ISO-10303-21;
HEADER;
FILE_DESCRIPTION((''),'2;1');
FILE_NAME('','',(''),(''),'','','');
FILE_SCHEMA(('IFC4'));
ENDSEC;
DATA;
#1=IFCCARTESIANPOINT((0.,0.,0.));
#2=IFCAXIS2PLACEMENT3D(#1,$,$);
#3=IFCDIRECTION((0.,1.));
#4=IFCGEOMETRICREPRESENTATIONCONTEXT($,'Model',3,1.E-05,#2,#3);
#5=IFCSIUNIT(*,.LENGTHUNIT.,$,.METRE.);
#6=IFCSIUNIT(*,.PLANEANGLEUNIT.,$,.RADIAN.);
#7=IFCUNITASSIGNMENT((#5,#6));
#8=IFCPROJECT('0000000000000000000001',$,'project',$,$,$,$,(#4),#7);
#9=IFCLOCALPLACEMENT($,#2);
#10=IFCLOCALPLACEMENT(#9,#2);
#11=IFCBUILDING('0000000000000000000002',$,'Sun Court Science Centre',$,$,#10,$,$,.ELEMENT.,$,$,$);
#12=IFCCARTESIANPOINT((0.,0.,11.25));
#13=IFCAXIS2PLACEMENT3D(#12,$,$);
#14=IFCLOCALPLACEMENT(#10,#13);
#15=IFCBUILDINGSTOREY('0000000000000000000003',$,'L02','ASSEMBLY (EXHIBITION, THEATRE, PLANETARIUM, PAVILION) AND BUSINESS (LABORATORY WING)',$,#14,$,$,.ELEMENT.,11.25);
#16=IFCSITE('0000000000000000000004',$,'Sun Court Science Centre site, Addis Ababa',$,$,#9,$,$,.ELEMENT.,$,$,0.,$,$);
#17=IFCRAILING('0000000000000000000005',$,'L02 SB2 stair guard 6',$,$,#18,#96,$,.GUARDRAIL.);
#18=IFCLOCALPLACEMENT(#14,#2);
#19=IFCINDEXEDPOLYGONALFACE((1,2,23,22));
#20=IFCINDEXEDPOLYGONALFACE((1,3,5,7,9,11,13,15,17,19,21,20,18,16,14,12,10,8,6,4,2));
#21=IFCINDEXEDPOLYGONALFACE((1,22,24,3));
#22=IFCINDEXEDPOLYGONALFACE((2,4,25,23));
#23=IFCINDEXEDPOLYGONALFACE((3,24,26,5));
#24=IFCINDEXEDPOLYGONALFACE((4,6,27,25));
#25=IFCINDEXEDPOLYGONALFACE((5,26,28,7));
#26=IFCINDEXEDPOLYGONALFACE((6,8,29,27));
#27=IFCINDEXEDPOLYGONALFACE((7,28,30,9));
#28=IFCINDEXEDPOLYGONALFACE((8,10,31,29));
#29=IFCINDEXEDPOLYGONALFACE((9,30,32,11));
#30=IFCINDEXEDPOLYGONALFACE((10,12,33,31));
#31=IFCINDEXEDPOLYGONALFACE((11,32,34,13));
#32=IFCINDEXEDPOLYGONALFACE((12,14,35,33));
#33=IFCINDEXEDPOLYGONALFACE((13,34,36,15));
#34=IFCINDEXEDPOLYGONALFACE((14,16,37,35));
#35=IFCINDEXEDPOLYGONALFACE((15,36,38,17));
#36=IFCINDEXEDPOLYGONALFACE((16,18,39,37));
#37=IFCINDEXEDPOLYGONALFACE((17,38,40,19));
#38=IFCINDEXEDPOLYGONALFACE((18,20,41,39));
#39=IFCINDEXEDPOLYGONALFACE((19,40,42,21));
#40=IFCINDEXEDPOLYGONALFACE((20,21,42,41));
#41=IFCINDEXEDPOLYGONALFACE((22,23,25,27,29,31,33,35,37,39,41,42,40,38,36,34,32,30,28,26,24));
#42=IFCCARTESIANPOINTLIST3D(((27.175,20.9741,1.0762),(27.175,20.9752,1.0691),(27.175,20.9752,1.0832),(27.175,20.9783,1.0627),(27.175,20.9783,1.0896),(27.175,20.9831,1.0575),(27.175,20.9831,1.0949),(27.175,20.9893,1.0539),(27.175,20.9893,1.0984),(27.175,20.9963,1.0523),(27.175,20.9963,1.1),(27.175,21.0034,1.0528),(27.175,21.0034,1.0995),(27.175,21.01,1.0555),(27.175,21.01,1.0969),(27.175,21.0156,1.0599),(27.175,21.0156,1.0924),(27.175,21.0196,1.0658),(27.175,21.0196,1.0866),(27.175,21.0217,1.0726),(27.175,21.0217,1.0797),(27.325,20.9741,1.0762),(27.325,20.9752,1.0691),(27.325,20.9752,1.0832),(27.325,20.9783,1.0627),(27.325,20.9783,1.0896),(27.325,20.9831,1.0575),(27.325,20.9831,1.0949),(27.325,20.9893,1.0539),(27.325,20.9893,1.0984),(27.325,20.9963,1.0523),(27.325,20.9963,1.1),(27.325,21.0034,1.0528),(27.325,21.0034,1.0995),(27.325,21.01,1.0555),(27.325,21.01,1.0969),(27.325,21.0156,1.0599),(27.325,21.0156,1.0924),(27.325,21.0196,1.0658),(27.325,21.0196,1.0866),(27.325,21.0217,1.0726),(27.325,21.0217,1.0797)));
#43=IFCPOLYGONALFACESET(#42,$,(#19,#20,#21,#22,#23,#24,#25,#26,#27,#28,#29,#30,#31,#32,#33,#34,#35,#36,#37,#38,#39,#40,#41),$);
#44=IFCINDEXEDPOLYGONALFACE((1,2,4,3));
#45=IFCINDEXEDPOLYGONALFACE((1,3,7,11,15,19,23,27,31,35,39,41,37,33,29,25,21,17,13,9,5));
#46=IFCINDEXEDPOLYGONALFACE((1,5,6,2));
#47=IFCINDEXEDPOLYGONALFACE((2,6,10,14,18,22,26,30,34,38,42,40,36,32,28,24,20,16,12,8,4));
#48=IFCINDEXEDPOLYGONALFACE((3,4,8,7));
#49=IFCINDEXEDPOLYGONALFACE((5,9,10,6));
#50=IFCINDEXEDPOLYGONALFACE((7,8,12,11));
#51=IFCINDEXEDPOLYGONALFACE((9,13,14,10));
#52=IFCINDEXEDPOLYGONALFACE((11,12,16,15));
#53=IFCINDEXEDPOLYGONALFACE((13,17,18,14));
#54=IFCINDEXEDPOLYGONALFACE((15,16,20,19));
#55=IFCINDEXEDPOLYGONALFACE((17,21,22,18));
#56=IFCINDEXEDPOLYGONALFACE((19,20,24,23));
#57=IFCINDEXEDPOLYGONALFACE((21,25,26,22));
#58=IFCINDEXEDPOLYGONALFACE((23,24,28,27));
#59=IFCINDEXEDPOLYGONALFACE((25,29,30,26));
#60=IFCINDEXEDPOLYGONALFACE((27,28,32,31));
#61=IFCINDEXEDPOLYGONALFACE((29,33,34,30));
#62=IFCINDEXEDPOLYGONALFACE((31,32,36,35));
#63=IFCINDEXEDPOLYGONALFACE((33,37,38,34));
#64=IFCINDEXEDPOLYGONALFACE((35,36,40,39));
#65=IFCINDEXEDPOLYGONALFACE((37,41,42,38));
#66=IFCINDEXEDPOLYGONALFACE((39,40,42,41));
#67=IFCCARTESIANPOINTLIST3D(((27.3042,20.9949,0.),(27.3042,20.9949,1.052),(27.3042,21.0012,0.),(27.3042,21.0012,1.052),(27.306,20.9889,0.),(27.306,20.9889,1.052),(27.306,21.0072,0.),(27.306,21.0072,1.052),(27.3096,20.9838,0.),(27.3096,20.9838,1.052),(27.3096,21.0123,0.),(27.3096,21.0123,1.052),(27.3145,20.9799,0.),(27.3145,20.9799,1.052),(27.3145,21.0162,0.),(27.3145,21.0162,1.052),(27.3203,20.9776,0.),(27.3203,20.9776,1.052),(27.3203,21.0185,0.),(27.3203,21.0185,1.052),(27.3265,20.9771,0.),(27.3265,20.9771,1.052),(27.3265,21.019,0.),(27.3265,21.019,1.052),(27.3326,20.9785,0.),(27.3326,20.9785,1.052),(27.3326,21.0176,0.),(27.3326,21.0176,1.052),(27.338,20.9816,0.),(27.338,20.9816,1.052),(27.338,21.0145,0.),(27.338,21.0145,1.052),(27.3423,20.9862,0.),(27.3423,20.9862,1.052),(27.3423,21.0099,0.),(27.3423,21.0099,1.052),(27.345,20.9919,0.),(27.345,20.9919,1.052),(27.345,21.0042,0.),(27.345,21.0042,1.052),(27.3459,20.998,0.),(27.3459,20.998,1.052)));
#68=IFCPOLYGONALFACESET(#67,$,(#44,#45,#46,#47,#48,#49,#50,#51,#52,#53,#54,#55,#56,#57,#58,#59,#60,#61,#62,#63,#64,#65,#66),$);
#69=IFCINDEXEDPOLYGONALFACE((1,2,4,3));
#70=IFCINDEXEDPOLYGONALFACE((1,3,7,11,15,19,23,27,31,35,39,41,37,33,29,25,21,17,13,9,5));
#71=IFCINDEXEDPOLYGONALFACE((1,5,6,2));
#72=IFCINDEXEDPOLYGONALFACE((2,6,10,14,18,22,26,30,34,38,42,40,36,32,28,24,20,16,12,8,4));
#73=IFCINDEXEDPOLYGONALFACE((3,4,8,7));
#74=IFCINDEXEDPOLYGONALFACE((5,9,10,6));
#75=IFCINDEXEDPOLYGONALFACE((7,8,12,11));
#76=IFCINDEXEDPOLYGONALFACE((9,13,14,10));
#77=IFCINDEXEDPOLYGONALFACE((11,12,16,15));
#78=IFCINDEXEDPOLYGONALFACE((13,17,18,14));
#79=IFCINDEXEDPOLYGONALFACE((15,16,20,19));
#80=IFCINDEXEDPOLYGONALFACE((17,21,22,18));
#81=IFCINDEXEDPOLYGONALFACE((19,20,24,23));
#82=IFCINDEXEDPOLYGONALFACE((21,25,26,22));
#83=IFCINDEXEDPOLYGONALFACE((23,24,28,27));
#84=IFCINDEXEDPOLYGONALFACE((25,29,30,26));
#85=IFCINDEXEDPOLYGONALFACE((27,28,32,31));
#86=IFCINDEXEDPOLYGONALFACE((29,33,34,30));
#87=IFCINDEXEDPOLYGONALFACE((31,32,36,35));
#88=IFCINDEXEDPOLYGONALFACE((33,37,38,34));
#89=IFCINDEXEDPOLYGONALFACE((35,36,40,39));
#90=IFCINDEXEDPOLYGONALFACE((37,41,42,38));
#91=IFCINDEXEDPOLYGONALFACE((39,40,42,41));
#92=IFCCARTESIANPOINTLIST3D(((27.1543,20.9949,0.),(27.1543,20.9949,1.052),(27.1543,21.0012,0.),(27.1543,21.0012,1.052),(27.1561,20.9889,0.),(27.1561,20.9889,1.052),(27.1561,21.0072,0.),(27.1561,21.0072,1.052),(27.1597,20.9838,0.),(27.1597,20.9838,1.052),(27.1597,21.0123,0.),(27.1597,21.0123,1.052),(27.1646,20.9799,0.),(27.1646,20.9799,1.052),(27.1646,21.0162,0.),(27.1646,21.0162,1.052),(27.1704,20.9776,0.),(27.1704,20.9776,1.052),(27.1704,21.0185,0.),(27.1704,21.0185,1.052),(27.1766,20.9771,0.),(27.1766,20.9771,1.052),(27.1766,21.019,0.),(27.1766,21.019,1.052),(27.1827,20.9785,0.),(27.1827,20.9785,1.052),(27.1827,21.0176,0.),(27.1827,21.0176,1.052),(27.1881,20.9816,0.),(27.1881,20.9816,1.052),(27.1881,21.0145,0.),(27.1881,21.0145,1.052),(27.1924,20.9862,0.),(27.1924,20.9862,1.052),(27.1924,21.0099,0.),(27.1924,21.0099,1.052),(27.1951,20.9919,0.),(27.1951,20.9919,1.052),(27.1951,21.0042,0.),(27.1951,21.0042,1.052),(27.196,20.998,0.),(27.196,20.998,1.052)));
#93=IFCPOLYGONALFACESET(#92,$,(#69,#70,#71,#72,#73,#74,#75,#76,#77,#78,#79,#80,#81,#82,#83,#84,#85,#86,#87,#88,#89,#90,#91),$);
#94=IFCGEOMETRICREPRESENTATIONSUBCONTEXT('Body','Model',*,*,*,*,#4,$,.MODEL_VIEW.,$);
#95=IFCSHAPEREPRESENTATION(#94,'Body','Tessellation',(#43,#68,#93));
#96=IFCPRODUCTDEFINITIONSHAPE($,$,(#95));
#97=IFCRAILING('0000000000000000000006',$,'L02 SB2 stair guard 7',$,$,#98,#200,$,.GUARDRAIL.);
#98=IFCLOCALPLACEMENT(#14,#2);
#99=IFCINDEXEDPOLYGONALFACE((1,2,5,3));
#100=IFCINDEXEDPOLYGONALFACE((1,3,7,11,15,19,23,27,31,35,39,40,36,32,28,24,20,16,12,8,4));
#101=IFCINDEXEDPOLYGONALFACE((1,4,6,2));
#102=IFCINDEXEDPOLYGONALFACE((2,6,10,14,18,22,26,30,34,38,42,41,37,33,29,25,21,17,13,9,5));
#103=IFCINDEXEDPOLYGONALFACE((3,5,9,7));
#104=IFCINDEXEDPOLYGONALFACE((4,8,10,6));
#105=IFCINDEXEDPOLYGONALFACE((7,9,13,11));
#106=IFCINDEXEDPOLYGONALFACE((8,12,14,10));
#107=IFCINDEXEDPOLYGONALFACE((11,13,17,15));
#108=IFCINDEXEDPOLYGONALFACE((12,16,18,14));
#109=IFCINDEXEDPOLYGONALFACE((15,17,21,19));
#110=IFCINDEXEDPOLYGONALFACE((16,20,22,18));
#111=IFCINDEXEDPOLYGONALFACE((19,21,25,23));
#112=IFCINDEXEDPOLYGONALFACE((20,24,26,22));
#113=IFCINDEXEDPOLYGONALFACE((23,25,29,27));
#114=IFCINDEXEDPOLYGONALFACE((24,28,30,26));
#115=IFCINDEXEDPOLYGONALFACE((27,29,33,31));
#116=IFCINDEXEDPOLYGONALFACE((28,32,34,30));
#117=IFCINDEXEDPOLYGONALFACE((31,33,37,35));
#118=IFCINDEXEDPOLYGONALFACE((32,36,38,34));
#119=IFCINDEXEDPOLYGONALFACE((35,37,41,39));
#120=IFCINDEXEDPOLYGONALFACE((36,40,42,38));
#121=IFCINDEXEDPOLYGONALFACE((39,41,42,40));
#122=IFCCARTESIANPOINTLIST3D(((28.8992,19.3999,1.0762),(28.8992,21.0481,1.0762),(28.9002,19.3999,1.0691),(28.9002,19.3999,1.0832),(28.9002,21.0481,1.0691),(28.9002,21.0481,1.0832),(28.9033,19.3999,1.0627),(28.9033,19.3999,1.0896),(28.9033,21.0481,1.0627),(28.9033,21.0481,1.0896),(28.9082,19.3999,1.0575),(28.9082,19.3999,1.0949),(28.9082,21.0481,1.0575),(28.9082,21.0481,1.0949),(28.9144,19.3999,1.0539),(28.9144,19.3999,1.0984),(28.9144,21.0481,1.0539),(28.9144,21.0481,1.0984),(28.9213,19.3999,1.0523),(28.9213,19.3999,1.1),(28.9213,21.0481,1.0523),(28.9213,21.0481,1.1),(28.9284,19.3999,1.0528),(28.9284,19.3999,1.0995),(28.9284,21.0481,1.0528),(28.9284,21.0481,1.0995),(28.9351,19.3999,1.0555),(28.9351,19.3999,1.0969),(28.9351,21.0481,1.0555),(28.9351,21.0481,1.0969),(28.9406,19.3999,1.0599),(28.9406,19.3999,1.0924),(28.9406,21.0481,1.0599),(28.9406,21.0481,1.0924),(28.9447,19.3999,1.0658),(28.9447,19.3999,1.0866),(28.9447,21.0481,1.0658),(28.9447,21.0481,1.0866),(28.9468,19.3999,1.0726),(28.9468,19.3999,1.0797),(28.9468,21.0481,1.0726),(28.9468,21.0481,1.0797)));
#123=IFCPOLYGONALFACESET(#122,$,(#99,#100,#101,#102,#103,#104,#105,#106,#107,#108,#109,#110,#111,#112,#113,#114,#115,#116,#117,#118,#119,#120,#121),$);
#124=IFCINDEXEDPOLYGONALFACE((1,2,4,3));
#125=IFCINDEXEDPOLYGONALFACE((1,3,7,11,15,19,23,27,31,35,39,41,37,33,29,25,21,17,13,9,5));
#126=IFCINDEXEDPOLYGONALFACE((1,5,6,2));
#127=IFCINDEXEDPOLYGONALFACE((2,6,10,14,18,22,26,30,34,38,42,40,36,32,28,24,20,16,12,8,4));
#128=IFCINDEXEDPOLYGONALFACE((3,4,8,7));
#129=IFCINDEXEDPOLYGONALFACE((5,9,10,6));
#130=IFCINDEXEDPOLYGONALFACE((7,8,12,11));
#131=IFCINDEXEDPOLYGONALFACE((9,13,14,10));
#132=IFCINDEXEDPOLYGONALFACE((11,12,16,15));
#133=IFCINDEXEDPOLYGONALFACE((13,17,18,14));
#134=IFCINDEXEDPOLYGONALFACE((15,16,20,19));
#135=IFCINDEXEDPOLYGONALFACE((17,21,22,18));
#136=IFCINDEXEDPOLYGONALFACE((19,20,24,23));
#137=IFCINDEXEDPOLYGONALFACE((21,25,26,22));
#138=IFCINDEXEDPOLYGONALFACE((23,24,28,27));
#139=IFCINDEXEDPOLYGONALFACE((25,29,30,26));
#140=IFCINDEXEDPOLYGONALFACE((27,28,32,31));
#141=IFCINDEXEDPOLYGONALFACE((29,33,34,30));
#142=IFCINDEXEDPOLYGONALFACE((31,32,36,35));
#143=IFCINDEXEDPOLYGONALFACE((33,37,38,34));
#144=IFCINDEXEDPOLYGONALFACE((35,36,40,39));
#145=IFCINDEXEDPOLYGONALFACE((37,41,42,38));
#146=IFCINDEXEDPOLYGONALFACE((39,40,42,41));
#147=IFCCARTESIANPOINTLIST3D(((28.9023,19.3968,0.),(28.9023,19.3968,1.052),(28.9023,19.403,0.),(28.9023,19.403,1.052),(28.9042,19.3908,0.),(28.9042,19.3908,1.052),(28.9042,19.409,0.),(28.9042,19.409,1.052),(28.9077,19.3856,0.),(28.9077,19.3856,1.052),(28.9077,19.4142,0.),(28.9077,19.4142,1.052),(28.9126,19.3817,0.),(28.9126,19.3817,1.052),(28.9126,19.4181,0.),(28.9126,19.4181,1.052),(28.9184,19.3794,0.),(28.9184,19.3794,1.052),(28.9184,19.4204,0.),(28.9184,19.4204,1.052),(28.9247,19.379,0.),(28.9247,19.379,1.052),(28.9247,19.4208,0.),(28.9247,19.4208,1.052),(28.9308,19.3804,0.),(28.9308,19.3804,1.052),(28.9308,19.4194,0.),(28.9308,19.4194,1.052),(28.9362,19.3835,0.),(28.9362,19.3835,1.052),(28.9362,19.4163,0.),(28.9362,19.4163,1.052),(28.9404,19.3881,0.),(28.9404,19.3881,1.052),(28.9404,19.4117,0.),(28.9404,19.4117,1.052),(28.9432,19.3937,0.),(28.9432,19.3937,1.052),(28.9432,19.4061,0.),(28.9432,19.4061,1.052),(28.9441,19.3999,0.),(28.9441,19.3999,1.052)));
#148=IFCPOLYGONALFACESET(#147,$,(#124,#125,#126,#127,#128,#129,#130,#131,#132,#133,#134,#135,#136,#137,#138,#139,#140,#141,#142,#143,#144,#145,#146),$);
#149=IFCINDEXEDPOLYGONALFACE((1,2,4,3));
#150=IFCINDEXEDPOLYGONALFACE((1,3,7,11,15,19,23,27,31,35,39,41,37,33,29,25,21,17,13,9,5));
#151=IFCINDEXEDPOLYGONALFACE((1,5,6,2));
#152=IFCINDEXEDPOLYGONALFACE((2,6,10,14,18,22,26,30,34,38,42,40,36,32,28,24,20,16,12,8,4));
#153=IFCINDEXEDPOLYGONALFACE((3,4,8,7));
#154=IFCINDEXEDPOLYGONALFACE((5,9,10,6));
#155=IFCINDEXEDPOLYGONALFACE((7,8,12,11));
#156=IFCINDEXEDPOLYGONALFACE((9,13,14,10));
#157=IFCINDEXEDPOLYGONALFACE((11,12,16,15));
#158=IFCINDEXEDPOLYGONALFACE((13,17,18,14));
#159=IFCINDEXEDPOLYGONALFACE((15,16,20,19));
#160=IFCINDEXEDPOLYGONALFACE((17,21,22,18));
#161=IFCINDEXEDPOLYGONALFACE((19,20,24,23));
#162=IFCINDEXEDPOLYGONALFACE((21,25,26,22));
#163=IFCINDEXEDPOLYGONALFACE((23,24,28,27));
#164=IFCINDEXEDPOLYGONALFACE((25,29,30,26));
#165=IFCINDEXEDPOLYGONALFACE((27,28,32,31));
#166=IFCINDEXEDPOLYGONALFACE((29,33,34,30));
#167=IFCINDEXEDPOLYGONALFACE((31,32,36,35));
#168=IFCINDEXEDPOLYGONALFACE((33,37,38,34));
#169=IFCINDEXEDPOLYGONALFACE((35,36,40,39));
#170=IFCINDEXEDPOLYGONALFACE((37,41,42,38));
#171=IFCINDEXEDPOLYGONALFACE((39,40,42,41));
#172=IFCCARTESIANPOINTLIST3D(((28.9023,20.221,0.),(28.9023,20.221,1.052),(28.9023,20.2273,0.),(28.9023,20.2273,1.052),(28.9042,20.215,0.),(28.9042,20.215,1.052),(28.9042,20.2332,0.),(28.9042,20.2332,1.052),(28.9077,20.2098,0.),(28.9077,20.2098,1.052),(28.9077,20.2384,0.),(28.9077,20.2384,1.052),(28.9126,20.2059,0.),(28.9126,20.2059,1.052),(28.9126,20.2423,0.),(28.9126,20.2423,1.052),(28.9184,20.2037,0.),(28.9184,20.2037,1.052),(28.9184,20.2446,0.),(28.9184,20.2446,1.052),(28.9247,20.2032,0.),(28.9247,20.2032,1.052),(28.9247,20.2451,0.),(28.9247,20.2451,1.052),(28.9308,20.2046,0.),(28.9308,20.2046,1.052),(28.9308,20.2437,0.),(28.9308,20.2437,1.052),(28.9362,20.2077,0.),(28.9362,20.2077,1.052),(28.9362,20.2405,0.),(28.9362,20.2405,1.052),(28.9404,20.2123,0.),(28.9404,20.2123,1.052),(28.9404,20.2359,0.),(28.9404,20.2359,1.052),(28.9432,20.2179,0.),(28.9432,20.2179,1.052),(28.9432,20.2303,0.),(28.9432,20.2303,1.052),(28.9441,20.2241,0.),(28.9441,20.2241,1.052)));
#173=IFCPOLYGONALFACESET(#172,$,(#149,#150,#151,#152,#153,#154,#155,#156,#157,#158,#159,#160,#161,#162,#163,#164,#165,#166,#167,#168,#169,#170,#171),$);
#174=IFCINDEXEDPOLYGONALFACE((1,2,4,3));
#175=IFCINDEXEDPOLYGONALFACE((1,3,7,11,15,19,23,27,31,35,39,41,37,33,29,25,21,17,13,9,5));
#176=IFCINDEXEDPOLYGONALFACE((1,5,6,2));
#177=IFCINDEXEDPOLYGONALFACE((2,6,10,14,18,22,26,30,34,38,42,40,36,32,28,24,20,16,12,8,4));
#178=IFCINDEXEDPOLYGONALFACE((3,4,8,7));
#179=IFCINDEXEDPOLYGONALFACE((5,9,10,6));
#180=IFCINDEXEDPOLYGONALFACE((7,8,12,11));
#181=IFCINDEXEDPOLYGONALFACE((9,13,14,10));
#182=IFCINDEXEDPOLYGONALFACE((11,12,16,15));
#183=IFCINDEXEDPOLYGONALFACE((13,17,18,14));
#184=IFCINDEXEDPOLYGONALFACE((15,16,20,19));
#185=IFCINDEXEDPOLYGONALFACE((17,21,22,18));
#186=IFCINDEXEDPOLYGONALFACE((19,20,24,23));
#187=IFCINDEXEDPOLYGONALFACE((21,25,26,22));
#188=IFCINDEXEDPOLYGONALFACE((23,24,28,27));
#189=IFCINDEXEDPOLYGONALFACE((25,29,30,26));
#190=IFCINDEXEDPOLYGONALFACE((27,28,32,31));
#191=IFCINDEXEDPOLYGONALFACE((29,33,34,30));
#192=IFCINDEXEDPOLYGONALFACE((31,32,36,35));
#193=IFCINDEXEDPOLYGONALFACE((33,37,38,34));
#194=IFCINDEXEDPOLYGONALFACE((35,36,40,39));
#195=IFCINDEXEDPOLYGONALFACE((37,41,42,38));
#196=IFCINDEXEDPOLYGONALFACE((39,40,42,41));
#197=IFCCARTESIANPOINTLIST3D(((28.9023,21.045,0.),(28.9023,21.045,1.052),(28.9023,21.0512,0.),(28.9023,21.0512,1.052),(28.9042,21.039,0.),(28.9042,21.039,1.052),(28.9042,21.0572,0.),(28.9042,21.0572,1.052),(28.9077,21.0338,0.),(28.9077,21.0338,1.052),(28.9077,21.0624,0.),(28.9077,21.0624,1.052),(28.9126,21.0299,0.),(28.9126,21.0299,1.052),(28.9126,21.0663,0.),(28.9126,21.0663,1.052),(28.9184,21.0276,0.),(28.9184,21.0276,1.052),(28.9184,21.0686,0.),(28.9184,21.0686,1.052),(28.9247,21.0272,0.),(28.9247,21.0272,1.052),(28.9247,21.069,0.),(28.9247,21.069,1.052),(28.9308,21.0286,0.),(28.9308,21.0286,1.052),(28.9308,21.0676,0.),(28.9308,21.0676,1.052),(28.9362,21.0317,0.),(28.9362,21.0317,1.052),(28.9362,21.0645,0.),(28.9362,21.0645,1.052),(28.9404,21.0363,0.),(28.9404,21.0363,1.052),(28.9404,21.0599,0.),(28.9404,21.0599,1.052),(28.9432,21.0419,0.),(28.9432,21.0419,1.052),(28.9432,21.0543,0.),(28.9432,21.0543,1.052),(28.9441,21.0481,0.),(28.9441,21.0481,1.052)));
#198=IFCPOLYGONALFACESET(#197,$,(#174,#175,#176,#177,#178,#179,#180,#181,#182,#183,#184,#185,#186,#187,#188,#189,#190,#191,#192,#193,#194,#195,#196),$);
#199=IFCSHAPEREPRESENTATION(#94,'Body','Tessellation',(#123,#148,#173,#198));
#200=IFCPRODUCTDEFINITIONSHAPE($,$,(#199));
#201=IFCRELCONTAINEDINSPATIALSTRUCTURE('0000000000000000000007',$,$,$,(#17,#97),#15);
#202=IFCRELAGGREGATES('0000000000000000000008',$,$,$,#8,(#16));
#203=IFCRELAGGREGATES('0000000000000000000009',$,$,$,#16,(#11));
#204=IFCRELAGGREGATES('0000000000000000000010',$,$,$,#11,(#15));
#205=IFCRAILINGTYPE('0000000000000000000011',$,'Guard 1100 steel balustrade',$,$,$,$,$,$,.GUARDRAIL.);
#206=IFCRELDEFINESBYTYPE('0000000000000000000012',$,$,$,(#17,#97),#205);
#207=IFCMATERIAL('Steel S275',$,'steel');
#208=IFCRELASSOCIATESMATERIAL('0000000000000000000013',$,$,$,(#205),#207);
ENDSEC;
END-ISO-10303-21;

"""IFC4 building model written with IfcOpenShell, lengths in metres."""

from ifc_helpers import new_model, si_unit, direction, frame, origin, origin_2d, place, context, subcontext, project, spatial, circle, extrude, material, type_object, element, save


model = new_model("IFC4")

# Units and contexts
model_context = context("Model", 3, precision=1e-05, world=origin(), true_north=direction((0.0, 1.0)))
body_context = subcontext(model_context, "Body", "Model", "MODEL_VIEW")
ifc_project = project(units=[si_unit("LENGTHUNIT", "METRE"), si_unit("PLANEANGLEUNIT", "RADIAN")], contexts=[model_context])

# Site, building, storey
site_placement = place(None, origin())
site = spatial("IfcSite", under=ifc_project, at=site_placement, Name="Sun Court Science Centre site, Addis Ababa", CompositionType="ELEMENT", RefElevation=0.0)
building_placement = place(site_placement, origin())
building = spatial("IfcBuilding", under=site, at=building_placement, Name="Sun Court Science Centre", CompositionType="ELEMENT")
storey_placement = place(building_placement, frame((0.0, 0.0, 11.25)))
storey = spatial("IfcBuildingStorey", under=building, at=storey_placement, Name="L02", Description="ASSEMBLY (EXHIBITION, THEATRE, PLANETARIUM, PAVILION) AND BUSINESS (LABORATORY WING)", CompositionType="ELEMENT", Elevation=11.25)

# Railings
ifc_material_1 = material(Name="Steel S275", Category="steel")
railing_type_1 = type_object("IfcRailingType", Name="Guard 1100 steel balustrade", PredefinedType="GUARDRAIL", material=ifc_material_1)
railing_1_placement = place(storey_placement, frame((27.325, 20.998, 0.0)))
element("IfcRailing", 1, at=railing_1_placement, inside=storey, type_object=railing_type_1, Name="L02 SB2 stair guard 6", PredefinedType="GUARDRAIL", context=body_context, shape_type="SweptSolid", body=[
    extrude(circle(Radius=0.0239, at=origin_2d()), frame((0.0, 0.0, 1.0762), z_axis=(-1.0, 0.0, 0.0), x_axis=(0.0, -1.0, 0.0)), (0.0, 0.0, 1.0), 0.1499),
    extrude(circle(Radius=0.021, at=origin_2d()), origin(), (0.0, 0.0, 1.0), 1.052),
    extrude(circle(Radius=0.021, at=origin_2d()), frame((-0.1499, 0.0, 0.0)), (0.0, 0.0, 1.0), 1.052),
])
railing_2_placement = place(storey_placement, frame((28.9231, 19.3999, 0.0)))
element("IfcRailing", 2, at=railing_2_placement, inside=storey, type_object=railing_type_1, Name="L02 SB2 stair guard 7", PredefinedType="GUARDRAIL", context=body_context, shape_type="SweptSolid", body=[
    extrude(circle(Radius=0.0239, at=origin_2d()), frame((0.0, 0.0, 1.0762), z_axis=(0.0, 1.0, 0.0), x_axis=(-1.0, 0.0, 0.0)), (0.0, 0.0, 1.0), 1.6482),
    extrude(circle(Radius=0.021, at=origin_2d()), origin(), (0.0, 0.0, 1.0), 1.052),
    extrude(circle(Radius=0.021, at=origin_2d()), frame((0.0, 0.8242, 0.0)), (0.0, 0.0, 1.0), 1.052),
    extrude(circle(Radius=0.021, at=origin_2d()), frame((0.0, 1.6482, 0.0)), (0.0, 0.0, 1.0), 1.052),
])

save(model, "model.ifc")
